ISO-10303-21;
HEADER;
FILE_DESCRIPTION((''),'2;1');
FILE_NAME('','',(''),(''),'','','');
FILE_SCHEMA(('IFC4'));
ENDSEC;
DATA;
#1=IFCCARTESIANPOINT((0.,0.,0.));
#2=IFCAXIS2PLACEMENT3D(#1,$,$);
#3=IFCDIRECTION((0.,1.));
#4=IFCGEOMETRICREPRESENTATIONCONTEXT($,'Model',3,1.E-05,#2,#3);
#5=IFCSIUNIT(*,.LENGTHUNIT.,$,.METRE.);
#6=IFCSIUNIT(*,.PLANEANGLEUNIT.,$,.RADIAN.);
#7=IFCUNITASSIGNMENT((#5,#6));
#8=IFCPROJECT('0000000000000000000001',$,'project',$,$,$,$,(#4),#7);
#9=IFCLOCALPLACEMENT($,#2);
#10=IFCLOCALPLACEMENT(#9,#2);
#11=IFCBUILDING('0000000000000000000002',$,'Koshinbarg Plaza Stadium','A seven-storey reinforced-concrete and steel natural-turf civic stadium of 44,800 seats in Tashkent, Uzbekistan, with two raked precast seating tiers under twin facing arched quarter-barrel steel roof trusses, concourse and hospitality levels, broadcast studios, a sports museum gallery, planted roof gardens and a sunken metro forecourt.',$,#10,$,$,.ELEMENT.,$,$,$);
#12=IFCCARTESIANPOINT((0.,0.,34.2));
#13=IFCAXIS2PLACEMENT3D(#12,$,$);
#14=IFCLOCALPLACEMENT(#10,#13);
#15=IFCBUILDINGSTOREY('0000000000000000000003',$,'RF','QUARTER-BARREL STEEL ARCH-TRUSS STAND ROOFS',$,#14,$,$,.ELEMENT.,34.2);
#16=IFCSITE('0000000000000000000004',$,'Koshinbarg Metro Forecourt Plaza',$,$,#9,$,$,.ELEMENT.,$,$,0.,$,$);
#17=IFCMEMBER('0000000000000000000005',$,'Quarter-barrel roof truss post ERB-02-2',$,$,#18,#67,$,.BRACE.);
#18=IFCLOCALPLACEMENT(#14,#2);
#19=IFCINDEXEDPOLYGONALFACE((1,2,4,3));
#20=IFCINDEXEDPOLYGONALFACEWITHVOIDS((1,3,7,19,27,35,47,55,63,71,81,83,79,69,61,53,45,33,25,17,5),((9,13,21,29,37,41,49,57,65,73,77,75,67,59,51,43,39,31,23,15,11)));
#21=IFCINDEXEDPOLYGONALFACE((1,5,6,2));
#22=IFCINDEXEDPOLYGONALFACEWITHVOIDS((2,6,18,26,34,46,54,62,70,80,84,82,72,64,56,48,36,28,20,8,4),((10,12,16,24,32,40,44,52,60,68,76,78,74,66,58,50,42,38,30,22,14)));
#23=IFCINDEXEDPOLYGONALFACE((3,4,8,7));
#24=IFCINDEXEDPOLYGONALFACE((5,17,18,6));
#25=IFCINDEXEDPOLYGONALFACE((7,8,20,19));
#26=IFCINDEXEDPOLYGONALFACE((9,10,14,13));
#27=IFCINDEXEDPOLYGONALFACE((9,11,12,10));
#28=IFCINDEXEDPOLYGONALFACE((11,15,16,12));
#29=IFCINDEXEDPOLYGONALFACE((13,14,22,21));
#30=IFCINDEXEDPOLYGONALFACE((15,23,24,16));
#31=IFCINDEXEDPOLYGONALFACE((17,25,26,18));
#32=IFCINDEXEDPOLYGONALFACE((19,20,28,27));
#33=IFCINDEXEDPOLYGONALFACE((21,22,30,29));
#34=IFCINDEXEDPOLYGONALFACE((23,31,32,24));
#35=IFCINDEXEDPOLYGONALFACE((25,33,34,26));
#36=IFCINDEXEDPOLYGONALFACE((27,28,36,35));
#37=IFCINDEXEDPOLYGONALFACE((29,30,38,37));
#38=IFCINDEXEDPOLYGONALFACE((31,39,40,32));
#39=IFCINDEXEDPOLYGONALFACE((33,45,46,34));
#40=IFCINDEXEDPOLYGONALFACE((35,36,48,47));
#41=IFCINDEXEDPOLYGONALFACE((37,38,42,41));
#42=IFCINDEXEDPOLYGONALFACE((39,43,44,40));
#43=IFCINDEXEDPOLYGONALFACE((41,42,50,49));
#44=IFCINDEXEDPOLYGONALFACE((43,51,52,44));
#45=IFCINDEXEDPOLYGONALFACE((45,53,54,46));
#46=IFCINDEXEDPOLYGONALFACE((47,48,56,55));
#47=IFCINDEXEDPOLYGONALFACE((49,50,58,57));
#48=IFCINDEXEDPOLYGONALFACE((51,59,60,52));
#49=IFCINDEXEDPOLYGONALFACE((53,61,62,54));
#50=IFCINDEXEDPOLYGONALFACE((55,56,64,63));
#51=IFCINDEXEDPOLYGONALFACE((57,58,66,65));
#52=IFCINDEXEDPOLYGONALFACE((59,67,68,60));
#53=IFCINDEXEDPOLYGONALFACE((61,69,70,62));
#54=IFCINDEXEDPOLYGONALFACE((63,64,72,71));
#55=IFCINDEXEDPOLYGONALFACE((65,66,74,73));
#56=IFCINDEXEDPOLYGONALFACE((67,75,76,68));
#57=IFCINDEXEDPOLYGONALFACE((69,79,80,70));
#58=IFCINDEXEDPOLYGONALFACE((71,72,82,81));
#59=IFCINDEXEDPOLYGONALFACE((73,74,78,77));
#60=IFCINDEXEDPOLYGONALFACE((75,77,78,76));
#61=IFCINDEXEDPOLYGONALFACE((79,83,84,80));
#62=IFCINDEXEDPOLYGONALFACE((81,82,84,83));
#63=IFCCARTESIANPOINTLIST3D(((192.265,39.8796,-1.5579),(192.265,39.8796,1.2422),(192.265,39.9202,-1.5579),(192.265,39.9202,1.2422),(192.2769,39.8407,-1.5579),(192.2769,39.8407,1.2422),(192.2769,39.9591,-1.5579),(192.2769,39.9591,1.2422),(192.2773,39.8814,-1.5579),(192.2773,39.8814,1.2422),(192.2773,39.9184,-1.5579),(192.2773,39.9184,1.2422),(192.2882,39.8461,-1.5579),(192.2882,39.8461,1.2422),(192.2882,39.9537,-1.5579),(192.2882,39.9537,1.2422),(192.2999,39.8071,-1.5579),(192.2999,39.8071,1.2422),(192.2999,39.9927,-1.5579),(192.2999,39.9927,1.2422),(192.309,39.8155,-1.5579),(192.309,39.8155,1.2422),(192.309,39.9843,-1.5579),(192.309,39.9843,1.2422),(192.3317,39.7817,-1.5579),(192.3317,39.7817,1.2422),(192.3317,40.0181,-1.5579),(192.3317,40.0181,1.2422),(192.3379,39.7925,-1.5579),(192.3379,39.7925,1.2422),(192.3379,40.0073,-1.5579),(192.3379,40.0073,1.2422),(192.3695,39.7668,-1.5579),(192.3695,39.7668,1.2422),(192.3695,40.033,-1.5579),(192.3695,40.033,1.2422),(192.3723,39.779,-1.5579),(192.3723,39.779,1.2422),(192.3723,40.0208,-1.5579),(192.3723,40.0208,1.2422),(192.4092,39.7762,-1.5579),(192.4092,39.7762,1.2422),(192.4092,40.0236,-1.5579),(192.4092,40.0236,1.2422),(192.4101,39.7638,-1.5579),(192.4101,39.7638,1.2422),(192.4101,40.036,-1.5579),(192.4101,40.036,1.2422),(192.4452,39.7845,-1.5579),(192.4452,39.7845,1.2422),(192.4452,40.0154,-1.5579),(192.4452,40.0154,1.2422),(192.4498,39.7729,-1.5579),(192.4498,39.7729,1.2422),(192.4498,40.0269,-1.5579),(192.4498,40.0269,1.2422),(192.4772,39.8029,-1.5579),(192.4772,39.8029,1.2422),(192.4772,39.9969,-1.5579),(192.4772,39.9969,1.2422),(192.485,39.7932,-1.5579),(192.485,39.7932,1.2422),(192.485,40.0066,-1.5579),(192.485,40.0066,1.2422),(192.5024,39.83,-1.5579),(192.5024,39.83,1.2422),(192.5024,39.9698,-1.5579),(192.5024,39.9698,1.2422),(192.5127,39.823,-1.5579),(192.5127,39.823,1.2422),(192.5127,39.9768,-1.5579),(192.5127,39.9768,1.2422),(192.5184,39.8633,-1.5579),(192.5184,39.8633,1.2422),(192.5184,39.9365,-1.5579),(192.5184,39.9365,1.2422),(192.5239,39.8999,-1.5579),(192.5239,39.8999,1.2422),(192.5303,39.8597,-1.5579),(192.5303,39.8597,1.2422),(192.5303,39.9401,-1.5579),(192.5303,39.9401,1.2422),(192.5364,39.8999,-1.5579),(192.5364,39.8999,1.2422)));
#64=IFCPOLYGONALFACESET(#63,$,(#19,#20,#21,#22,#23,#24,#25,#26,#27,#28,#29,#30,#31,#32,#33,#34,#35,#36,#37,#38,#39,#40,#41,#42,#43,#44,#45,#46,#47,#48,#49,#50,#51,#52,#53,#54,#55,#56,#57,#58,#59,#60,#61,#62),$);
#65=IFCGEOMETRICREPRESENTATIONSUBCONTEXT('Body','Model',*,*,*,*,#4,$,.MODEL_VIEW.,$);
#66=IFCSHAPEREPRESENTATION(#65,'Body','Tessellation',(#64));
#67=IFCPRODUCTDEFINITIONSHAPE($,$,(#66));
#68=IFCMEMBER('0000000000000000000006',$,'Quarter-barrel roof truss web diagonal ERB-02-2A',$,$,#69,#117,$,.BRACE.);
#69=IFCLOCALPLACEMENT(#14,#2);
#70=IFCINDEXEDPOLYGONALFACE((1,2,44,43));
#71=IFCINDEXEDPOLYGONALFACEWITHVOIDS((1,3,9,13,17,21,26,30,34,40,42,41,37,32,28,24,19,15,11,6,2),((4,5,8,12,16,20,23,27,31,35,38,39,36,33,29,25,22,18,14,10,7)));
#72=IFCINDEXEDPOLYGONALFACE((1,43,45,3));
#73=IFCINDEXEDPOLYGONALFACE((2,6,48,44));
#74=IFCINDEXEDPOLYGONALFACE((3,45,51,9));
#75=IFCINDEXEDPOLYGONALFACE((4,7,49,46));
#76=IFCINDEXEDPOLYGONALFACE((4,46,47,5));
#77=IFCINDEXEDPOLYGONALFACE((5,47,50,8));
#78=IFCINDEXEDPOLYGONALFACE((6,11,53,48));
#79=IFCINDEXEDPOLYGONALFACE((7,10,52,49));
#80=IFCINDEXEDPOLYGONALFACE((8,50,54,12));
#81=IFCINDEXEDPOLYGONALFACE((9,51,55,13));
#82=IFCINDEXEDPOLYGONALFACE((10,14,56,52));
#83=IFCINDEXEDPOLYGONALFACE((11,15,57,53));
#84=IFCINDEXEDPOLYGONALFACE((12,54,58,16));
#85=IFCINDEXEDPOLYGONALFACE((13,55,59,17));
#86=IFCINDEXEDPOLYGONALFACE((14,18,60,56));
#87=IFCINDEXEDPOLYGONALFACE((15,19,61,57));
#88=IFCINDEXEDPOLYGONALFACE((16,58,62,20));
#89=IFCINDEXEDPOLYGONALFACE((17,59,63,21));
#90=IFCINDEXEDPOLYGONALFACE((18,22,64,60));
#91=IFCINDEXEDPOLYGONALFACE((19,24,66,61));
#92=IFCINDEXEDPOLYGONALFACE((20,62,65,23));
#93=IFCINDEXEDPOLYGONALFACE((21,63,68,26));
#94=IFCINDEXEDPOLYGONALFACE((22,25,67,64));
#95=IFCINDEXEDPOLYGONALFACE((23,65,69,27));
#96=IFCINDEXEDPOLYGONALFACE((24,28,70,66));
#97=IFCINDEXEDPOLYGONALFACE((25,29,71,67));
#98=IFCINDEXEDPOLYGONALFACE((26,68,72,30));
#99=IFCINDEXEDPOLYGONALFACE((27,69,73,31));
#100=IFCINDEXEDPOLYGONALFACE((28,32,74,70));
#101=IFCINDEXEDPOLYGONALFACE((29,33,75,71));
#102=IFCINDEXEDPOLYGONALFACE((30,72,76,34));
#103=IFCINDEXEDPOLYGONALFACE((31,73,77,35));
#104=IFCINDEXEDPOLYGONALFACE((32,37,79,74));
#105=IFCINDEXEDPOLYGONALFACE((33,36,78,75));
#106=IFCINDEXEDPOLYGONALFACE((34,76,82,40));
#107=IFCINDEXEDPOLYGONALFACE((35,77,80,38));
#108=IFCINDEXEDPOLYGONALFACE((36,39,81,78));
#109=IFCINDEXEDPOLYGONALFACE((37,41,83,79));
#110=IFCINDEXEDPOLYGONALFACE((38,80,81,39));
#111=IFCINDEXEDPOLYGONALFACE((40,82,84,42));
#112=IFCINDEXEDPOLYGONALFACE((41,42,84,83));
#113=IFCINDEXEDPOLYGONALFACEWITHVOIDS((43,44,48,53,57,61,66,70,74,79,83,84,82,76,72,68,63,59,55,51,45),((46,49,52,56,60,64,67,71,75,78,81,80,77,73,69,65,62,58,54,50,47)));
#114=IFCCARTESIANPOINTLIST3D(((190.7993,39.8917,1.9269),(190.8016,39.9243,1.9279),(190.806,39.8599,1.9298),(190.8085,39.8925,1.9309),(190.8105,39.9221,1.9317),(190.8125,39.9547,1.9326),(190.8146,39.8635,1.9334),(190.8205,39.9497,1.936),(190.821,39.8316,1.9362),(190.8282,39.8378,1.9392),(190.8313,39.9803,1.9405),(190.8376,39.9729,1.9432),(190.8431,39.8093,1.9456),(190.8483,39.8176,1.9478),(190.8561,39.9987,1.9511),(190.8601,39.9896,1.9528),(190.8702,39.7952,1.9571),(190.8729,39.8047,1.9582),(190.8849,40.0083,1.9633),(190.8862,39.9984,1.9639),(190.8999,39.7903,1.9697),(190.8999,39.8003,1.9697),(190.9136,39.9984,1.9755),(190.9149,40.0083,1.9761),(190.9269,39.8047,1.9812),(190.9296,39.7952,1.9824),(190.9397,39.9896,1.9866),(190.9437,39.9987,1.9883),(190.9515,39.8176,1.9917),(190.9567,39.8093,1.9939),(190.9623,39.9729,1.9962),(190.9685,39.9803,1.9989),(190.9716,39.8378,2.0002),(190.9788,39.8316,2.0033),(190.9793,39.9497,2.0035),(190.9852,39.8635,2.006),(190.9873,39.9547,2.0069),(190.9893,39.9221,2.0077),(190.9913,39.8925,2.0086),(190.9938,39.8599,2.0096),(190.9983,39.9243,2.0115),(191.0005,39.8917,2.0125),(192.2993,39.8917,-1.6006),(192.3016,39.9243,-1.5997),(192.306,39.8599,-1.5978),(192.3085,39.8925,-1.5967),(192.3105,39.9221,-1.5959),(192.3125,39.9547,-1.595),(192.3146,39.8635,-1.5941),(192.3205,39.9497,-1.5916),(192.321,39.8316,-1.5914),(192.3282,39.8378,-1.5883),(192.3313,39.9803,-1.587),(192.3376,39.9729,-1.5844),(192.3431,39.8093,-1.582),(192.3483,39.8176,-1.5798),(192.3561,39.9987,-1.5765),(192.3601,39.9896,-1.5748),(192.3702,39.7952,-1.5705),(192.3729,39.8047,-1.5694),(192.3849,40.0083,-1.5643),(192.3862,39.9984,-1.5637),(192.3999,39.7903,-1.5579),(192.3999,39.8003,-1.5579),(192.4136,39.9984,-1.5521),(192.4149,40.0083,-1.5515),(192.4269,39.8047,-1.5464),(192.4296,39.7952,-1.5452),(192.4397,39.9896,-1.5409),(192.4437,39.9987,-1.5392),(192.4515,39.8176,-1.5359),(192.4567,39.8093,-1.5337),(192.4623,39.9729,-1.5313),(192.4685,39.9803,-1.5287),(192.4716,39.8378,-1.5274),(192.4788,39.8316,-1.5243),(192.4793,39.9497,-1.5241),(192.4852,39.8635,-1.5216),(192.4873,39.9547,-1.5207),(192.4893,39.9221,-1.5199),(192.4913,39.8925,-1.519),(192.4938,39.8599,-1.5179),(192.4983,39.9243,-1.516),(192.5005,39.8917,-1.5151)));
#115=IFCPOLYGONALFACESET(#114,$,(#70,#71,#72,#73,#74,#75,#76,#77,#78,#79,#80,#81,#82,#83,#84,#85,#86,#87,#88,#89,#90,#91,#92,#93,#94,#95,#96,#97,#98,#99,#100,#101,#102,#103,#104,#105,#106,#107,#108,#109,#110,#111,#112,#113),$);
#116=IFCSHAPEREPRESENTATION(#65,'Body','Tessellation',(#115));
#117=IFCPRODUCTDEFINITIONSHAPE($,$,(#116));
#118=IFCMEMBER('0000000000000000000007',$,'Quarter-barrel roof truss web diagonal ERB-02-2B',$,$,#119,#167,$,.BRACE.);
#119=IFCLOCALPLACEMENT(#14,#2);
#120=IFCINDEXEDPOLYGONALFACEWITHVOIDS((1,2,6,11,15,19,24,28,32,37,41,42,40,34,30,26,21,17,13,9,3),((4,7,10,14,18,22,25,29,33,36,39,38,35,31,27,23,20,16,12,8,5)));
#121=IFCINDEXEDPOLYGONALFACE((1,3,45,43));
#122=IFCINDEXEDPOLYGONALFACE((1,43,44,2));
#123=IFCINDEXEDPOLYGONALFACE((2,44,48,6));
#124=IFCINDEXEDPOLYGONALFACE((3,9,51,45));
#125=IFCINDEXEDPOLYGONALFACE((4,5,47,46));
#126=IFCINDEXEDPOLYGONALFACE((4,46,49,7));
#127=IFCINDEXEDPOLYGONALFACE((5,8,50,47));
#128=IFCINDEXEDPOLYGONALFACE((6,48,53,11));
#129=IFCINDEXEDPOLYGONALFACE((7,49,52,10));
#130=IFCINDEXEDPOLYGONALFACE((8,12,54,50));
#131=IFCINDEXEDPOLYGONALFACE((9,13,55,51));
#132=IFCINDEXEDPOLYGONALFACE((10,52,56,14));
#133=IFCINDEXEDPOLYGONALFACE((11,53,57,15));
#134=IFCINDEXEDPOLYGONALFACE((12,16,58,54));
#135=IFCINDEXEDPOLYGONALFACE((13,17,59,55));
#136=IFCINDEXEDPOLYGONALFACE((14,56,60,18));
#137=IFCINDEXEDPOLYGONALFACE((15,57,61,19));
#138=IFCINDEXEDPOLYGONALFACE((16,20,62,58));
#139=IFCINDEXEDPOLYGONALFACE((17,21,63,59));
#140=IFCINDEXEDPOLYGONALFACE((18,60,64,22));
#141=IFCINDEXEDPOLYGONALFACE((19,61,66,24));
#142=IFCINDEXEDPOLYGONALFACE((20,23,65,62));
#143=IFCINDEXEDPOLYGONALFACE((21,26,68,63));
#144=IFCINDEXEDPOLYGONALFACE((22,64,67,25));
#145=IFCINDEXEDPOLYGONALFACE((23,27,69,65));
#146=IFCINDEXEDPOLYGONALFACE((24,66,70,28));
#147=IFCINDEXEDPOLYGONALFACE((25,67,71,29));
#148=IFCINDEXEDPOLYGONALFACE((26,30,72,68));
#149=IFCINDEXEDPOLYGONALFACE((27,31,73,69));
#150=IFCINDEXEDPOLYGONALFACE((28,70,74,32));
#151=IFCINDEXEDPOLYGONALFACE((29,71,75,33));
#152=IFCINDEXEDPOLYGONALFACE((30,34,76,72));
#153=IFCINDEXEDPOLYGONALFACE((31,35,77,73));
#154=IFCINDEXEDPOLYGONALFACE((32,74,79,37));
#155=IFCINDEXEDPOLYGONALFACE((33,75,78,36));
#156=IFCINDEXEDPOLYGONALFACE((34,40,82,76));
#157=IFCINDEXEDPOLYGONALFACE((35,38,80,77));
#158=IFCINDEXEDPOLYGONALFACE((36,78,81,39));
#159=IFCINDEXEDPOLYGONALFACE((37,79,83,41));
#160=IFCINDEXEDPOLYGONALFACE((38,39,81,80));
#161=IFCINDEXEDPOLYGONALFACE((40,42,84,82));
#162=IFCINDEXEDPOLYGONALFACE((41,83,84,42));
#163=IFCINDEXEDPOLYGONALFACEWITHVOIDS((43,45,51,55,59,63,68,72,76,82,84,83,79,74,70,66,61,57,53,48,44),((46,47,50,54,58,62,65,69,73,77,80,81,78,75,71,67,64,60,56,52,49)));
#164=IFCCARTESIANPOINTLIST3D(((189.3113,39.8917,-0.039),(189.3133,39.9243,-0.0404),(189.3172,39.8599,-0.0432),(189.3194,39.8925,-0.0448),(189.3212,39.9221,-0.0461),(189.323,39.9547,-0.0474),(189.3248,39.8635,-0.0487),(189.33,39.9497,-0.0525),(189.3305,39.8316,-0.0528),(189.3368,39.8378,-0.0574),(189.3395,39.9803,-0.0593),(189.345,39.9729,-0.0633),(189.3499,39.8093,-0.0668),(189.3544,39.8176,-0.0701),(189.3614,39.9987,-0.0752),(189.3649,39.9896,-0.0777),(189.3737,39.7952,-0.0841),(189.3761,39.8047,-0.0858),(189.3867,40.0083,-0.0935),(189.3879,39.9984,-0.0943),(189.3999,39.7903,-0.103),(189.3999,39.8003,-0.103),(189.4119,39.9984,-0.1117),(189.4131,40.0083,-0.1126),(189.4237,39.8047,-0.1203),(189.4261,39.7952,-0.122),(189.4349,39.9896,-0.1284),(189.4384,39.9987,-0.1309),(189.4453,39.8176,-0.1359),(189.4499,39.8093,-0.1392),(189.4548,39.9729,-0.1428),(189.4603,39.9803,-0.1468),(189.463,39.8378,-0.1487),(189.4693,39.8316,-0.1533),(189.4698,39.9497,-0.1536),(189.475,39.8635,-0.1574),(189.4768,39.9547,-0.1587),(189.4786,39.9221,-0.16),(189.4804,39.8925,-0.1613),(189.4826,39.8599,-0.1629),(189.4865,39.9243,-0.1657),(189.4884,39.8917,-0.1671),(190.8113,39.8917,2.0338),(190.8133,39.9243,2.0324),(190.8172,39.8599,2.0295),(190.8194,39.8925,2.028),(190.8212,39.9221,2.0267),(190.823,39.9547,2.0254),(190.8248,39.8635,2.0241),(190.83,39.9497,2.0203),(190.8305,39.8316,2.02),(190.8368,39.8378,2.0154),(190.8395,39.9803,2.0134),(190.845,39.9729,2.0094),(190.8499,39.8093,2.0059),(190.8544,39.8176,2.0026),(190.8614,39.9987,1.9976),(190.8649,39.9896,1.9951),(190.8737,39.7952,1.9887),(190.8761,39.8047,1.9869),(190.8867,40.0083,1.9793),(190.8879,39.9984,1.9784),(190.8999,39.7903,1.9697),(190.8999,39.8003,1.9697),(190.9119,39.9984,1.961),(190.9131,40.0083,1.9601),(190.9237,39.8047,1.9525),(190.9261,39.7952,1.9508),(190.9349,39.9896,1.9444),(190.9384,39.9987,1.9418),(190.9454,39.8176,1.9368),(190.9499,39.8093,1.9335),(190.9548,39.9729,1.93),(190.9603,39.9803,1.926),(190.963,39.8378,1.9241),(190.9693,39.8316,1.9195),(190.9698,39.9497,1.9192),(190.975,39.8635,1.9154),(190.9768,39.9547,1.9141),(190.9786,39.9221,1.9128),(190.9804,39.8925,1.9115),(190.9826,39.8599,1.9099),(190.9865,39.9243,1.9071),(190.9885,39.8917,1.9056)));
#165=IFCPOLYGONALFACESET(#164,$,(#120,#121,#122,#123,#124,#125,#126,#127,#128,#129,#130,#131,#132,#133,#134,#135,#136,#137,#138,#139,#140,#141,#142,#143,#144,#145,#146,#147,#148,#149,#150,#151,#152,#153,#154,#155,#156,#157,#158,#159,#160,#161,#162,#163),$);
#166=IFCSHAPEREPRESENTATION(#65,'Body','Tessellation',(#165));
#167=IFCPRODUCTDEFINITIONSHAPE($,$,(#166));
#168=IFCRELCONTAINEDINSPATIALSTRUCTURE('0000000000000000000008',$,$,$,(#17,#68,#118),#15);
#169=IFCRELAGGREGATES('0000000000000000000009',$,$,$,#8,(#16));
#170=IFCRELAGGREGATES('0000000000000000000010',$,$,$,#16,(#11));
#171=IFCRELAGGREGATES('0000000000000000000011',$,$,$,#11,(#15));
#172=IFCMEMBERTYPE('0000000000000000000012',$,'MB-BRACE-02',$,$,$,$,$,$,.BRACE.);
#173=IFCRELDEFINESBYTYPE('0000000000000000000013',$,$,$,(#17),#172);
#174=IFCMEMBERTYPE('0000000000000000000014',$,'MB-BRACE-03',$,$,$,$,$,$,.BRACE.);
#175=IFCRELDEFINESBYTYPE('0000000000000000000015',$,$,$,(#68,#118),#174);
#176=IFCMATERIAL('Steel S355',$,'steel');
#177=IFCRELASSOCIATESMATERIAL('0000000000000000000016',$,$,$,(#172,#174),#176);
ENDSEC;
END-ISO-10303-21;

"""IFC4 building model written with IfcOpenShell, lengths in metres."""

from ifc_helpers import new_model, si_unit, direction, frame, origin, origin_2d, place, context, subcontext, project, spatial, hollow_circle, extrude, material, material_profile, profile_set, type_object, element, save


model = new_model("IFC4")

# Units and contexts
model_context = context("Model", 3, precision=1e-05, world=origin(), true_north=direction((0.0, 1.0)))
body_context = subcontext(model_context, "Body", "Model", "MODEL_VIEW")
ifc_project = project(units=[si_unit("LENGTHUNIT", "METRE"), si_unit("PLANEANGLEUNIT", "RADIAN")], contexts=[model_context])

# Site, building, storey
site_placement = place(None, origin())
site = spatial("IfcSite", under=ifc_project, at=site_placement, Name="Koshinbarg Metro Forecourt Plaza", CompositionType="ELEMENT", RefElevation=0.0)
building_placement = place(site_placement, origin())
building = spatial("IfcBuilding", under=site, at=building_placement, Name="Koshinbarg Plaza Stadium", Description="A seven-storey reinforced-concrete and steel natural-turf civic stadium of 44,800 seats in Tashkent, Uzbekistan, with two raked precast seating tiers under twin facing arched quarter-barrel steel roof trusses, concourse and hospitality levels, broadcast studios, a sports museum gallery, planted roof gardens and a sunken metro forecourt.", CompositionType="ELEMENT")
storey_placement = place(building_placement, frame((0.0, 0.0, 34.2)))
storey = spatial("IfcBuildingStorey", under=building, at=storey_placement, Name="RF", Description="QUARTER-BARREL STEEL ARCH-TRUSS STAND ROOFS", CompositionType="ELEMENT", Elevation=34.2)

# Members
ifc_material_1 = material(Name="Steel S355", Category="steel")
ifc_material_profile_1 = material_profile(ifc_material_1, hollow_circle(Radius=0.1365, WallThickness=0.0125, at=origin_2d()), Name="CHS 273x12.5")
ifc_profile_set_1 = profile_set([ifc_material_profile_1], Name="Steel S355")
member_type_1 = type_object("IfcMemberType", Name="MB-BRACE-02", PredefinedType="BRACE", material=ifc_profile_set_1)
for number, where, z_axis, x_axis, name in (
    (1, (192.3999, 39.8999, -1.5579), (0.0, 0.0, 1.0), (1.0, 0.0, 0.0), "Quarter-barrel roof truss post ERB-02-2"),
):
    element("IfcMember", number, at=place(storey_placement, frame(where, z_axis=z_axis, x_axis=x_axis)), inside=storey, type_object=member_type_1, Name=name, PredefinedType="BRACE", context=body_context, shape_type="SweptSolid", body=[
        extrude(hollow_circle(Radius=0.1365, WallThickness=0.0125, at=origin_2d()), origin(), (0.0, 0.0, 1.0), 2.8),
    ])
ifc_material_profile_2 = material_profile(ifc_material_1, hollow_circle(Radius=0.1096, WallThickness=0.01, at=origin_2d()), Name="CHS 219.1x10")
ifc_profile_set_2 = profile_set([ifc_material_profile_2], Name="Steel S355")
member_type_2 = type_object("IfcMemberType", Name="MB-BRACE-03", PredefinedType="BRACE", material=ifc_profile_set_2)
member_1_placement = place(storey_placement, frame((192.3999, 39.8999, -1.5579), z_axis=(-0.391312, 0.0, 0.920258), x_axis=(0.0, -1.0, 0.0)))
element("IfcMember", 2, at=member_1_placement, inside=storey, type_object=member_type_2, Name="Quarter-barrel roof truss web diagonal ERB-02-2A", PredefinedType="BRACE", context=body_context, shape_type="SweptSolid", body=[
    extrude(hollow_circle(Radius=0.1096, WallThickness=0.01, at=origin_2d()), origin(), (0.0, 0.0, 1.0), 3.8333),
])
member_2_placement = place(storey_placement, frame((190.8999, 39.8999, 1.9697), z_axis=(-0.586264, 0.0, -0.81012), x_axis=(0.0, -1.0, 0.0)))
element("IfcMember", 3, at=member_2_placement, inside=storey, type_object=member_type_2, Name="Quarter-barrel roof truss web diagonal ERB-02-2B", PredefinedType="BRACE", context=body_context, shape_type="SweptSolid", body=[
    extrude(hollow_circle(Radius=0.1096, WallThickness=0.01, at=origin_2d()), origin(), (0.0, 0.0, 1.0), 2.5586),
])

save(model, "model.ifc")
